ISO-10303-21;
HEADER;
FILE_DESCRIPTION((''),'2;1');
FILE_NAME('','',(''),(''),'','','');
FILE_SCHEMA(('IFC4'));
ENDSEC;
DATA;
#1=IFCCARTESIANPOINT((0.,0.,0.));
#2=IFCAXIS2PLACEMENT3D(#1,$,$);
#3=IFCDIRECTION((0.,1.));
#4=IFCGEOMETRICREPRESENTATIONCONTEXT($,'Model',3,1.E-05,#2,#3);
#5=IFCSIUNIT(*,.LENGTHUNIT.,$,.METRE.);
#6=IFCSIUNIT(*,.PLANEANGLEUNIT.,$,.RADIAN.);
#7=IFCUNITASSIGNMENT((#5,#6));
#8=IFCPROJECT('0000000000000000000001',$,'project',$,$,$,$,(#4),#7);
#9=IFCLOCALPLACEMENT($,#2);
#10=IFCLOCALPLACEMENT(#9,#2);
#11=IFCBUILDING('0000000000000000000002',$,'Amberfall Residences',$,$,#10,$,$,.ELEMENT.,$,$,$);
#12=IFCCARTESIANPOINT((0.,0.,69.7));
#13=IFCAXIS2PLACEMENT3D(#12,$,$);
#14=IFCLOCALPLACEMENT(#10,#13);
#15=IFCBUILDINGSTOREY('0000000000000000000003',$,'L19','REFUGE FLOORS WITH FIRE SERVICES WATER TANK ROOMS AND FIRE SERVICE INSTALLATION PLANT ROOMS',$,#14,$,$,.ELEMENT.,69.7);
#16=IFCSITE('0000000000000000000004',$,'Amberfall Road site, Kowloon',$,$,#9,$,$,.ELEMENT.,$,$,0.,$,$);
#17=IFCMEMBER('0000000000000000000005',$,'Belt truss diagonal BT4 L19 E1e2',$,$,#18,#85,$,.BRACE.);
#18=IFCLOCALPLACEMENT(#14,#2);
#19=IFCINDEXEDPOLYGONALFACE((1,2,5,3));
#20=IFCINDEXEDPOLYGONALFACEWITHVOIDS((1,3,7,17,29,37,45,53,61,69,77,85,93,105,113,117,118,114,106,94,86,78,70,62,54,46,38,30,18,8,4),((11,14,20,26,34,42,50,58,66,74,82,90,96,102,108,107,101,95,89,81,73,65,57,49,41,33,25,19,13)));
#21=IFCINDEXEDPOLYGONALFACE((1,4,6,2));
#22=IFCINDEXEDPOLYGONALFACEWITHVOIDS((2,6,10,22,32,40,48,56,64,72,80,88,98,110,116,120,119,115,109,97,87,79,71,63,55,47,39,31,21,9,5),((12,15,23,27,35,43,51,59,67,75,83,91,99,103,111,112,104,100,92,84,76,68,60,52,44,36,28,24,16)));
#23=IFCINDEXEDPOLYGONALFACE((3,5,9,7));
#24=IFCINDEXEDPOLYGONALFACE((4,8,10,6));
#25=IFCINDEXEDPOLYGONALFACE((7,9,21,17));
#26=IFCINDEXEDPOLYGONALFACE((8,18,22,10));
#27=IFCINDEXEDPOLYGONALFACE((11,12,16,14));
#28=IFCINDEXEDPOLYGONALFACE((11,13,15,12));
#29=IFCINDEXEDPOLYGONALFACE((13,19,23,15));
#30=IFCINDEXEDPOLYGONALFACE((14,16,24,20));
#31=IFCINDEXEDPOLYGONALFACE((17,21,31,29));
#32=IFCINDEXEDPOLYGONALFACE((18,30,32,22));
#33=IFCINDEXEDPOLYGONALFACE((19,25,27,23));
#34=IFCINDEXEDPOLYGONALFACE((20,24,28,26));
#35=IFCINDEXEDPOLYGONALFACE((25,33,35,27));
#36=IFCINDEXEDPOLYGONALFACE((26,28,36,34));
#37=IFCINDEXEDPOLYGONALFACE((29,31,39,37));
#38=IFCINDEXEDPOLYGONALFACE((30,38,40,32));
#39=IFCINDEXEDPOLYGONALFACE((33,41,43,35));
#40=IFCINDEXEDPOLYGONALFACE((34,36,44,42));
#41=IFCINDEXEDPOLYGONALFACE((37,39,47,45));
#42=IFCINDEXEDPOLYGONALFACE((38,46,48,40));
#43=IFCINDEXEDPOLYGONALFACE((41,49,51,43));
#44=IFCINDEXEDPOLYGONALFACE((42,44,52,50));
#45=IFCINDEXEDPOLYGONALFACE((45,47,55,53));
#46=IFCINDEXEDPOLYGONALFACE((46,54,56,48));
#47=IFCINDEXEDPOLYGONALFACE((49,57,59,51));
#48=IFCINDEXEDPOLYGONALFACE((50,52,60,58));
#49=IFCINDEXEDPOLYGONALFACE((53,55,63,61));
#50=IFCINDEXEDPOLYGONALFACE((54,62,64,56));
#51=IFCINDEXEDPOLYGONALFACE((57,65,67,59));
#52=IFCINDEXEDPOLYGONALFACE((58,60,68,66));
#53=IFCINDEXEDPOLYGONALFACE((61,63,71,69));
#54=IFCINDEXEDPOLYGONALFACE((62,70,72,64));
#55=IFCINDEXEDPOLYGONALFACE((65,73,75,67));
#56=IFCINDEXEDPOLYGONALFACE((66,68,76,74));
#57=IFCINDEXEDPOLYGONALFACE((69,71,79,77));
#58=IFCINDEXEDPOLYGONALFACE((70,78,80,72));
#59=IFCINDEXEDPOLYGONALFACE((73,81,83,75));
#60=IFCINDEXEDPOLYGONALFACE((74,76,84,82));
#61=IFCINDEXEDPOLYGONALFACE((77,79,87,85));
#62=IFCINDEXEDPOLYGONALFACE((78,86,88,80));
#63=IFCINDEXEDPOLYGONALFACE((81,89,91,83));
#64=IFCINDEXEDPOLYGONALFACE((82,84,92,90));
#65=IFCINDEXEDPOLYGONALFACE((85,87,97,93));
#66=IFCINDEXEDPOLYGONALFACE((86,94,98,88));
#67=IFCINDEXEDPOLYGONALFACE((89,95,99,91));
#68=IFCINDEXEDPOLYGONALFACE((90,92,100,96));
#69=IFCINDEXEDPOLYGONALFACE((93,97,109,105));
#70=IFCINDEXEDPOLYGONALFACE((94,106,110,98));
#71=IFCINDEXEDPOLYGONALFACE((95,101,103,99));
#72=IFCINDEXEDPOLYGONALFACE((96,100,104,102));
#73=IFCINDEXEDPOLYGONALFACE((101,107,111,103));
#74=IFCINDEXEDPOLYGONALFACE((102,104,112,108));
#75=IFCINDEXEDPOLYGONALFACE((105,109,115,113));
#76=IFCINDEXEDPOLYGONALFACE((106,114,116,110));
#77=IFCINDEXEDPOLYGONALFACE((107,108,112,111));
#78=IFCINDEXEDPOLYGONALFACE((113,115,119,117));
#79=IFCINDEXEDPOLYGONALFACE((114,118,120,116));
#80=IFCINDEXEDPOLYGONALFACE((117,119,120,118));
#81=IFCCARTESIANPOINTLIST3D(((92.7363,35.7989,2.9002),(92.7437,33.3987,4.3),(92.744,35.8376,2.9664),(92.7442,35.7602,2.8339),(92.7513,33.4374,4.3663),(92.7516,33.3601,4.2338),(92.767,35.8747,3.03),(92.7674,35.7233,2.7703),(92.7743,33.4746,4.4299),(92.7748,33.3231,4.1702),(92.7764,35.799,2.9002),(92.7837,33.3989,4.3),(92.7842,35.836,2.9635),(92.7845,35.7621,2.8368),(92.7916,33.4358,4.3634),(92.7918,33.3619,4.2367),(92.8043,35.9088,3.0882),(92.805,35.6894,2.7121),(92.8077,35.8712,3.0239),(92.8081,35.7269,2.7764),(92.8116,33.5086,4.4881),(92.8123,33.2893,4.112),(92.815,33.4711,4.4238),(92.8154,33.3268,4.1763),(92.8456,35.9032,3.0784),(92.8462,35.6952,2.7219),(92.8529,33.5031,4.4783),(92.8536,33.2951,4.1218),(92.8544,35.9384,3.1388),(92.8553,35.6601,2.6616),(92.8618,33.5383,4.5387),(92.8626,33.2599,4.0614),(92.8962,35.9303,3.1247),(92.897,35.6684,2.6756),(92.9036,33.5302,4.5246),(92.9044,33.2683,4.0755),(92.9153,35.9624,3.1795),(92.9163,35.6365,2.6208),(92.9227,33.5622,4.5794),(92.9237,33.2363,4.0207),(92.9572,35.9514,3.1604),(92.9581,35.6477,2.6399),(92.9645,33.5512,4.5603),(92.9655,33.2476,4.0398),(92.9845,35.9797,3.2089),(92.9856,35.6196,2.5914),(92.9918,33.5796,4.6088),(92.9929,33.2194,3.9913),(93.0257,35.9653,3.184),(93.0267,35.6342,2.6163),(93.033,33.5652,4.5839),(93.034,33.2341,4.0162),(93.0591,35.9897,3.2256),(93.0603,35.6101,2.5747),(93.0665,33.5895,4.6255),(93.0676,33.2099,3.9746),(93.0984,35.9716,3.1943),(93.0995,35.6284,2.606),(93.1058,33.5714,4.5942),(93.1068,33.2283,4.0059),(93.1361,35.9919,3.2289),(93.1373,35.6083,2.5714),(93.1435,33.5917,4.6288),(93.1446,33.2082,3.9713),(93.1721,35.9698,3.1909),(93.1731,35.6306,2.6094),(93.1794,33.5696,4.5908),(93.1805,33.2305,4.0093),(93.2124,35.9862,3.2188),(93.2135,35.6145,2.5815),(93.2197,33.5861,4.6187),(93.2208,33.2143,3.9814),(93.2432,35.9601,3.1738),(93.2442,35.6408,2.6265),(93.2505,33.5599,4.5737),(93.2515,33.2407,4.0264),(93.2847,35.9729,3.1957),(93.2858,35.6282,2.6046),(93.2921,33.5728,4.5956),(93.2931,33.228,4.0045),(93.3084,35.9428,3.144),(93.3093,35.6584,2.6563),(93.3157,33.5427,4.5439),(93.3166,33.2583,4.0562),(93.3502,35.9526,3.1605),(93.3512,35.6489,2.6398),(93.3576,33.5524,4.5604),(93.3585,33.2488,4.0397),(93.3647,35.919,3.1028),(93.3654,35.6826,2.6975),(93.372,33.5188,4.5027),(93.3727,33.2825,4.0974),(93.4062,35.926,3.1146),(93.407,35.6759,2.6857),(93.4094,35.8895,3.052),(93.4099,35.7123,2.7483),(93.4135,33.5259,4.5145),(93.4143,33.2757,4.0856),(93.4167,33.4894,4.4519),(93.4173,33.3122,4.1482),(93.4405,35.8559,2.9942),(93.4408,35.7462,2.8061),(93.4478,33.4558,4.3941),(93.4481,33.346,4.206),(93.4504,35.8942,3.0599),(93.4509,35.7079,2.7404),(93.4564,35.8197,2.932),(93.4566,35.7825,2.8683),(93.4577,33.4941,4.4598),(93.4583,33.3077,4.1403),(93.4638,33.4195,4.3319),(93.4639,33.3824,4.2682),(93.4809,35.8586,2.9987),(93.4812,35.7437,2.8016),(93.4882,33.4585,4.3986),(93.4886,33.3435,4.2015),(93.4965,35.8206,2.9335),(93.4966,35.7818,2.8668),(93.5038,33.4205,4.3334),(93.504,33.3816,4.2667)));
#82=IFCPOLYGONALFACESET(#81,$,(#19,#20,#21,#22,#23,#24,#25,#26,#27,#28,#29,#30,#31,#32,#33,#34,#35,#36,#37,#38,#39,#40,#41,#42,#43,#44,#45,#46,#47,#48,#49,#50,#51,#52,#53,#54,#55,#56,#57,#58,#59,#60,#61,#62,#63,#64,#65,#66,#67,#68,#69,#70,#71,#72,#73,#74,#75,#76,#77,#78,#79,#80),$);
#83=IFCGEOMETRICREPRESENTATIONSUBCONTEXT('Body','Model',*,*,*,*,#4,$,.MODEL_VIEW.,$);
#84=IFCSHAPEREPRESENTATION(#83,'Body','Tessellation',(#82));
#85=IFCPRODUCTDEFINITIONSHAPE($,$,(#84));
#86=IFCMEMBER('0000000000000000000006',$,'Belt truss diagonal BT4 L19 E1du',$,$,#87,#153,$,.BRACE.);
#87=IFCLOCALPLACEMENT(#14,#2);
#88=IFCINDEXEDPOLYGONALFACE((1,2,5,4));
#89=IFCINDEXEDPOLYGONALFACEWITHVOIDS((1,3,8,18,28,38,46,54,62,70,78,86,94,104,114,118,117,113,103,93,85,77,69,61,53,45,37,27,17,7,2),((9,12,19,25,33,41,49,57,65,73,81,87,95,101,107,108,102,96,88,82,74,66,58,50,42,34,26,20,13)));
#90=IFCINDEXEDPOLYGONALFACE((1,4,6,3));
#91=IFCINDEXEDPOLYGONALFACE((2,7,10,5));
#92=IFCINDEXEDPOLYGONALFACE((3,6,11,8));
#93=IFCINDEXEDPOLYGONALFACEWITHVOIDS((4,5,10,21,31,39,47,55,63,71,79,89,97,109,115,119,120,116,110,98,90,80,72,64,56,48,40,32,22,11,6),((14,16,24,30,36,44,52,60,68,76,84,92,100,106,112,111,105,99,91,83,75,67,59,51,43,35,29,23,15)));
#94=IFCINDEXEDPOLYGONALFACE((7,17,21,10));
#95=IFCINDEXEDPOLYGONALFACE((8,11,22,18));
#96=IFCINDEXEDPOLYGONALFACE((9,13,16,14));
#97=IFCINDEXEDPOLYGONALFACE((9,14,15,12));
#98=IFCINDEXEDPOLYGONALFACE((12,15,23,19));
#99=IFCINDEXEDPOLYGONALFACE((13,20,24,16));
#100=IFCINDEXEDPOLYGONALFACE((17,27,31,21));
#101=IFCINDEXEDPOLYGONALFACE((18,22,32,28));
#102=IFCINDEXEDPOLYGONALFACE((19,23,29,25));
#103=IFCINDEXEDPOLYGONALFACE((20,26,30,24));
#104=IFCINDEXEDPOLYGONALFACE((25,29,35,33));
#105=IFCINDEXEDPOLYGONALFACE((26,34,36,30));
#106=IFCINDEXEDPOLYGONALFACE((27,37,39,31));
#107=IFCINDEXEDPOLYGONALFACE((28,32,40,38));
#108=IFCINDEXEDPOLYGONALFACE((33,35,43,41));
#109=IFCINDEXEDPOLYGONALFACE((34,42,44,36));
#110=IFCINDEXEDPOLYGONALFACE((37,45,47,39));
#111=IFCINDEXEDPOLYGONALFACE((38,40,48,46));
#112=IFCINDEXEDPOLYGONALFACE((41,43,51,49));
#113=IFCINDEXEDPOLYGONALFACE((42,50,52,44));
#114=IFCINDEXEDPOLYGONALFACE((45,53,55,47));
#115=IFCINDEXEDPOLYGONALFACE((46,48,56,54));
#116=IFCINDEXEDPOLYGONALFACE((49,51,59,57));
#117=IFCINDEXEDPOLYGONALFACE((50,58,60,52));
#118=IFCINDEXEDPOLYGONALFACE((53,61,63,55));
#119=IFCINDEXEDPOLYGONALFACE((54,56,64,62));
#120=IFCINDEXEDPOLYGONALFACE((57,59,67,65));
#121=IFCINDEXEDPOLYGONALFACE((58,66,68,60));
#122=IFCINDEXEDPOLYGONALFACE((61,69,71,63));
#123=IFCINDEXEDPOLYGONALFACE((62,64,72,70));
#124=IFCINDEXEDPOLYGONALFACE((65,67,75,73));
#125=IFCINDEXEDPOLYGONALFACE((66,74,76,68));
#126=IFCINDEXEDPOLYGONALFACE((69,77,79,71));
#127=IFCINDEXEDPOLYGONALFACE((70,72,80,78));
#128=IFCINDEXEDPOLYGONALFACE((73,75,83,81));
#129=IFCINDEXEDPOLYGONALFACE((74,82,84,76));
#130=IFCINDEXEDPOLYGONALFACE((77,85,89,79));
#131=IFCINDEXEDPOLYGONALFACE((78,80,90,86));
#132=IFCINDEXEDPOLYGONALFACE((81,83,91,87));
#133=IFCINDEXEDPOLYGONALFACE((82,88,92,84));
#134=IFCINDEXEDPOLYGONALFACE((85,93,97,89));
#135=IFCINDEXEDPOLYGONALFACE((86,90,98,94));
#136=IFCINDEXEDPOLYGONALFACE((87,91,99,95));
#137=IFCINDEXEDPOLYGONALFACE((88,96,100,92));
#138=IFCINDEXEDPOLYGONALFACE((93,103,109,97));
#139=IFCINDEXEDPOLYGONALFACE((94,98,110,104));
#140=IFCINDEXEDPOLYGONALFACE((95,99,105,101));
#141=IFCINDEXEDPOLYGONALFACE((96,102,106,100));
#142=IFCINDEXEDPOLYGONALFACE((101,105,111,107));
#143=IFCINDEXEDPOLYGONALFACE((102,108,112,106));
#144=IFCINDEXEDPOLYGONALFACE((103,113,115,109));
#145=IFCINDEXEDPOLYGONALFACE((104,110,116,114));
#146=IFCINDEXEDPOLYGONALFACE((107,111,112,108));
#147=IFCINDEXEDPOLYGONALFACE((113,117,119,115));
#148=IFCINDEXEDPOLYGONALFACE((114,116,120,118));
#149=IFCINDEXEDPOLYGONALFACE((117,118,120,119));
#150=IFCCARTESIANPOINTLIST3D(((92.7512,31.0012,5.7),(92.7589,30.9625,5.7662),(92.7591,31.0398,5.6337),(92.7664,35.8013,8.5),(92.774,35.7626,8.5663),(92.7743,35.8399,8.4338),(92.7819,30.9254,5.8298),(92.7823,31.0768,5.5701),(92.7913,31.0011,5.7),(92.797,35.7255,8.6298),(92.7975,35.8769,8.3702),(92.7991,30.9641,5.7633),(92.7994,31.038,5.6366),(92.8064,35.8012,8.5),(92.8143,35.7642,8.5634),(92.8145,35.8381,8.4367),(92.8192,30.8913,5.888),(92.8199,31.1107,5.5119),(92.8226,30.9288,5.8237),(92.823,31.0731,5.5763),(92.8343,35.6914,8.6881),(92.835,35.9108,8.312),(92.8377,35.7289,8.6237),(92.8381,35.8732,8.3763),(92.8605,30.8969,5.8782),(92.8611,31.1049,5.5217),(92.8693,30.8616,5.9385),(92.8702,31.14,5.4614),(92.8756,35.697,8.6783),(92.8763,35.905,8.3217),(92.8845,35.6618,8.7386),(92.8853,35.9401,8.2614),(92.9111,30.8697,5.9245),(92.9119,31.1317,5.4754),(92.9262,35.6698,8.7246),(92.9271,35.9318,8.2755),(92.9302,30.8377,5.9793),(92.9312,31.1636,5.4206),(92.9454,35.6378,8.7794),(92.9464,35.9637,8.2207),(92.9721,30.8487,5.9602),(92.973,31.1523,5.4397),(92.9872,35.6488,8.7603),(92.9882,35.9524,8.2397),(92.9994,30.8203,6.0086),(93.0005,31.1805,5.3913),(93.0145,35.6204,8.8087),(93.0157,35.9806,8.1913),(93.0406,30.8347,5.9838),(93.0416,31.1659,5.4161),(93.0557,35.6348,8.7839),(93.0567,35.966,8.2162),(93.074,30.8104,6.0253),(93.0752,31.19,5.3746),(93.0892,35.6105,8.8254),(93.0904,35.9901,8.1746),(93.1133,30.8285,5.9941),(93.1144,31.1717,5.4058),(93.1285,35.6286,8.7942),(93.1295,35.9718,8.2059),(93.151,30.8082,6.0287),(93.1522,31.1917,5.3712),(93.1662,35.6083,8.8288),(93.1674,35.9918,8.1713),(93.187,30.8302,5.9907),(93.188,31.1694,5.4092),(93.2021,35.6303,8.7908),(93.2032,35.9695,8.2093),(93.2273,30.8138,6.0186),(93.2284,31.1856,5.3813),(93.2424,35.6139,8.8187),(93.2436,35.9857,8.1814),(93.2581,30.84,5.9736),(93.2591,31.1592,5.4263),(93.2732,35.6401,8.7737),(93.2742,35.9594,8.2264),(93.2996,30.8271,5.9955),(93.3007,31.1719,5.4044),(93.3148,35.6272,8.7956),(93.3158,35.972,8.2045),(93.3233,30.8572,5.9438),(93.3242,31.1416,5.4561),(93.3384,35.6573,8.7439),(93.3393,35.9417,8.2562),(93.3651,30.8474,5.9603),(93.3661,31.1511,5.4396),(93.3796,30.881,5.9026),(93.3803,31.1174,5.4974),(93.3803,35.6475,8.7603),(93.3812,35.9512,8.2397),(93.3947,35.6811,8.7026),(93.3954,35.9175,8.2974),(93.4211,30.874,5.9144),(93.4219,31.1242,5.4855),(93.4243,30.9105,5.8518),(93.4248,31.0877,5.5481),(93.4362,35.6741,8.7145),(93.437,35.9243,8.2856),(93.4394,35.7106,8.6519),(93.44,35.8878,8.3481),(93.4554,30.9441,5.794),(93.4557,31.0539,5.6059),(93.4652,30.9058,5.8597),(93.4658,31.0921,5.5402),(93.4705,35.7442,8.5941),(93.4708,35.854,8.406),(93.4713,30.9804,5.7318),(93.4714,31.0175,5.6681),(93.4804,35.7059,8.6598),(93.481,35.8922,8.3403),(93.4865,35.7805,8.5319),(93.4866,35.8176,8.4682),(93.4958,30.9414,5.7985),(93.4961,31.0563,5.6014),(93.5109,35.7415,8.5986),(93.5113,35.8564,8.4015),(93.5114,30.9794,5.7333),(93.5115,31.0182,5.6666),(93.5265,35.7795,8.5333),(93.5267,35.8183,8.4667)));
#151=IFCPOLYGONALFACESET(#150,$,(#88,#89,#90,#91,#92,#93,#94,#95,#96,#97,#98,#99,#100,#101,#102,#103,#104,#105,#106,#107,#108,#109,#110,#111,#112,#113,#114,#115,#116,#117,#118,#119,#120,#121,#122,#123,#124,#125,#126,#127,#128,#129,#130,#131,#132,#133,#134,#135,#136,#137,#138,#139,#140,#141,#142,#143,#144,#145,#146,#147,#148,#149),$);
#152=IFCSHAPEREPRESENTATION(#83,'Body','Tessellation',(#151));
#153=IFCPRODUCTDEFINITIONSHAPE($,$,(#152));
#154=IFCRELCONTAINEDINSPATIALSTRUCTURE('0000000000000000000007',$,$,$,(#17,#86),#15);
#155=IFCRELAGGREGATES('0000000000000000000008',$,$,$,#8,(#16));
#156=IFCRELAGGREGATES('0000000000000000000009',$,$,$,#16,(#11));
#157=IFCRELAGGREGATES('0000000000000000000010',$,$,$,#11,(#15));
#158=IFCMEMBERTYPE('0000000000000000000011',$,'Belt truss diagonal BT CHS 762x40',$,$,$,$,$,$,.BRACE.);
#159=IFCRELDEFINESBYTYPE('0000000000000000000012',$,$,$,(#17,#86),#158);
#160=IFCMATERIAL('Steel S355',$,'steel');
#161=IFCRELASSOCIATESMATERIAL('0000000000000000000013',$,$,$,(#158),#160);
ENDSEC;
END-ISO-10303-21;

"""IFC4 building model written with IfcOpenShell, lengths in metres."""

from ifc_helpers import new_model, si_unit, direction, frame, origin, origin_2d, place, context, subcontext, project, spatial, hollow_circle, extrude, material, material_profile, profile_set, type_object, element, save


model = new_model("IFC4")

# Units and contexts
model_context = context("Model", 3, precision=1e-05, world=origin(), true_north=direction((0.0, 1.0)))
body_context = subcontext(model_context, "Body", "Model", "MODEL_VIEW")
ifc_project = project(units=[si_unit("LENGTHUNIT", "METRE"), si_unit("PLANEANGLEUNIT", "RADIAN")], contexts=[model_context])

# Site, building, storey
site_placement = place(None, origin())
site = spatial("IfcSite", under=ifc_project, at=site_placement, Name="Amberfall Road site, Kowloon", CompositionType="ELEMENT", RefElevation=0.0)
building_placement = place(site_placement, origin())
building = spatial("IfcBuilding", under=site, at=building_placement, Name="Amberfall Residences", CompositionType="ELEMENT")
storey_placement = place(building_placement, frame((0.0, 0.0, 69.7)))
storey = spatial("IfcBuildingStorey", under=building, at=storey_placement, Name="L19", Description="REFUGE FLOORS WITH FIRE SERVICES WATER TANK ROOMS AND FIRE SERVICE INSTALLATION PLANT ROOMS", CompositionType="ELEMENT", Elevation=69.7)

# Shared definitions
ifc_material_1 = material(Name="Steel S355", Category="steel")

# Members
ifc_material_profile_1 = material_profile(ifc_material_1, hollow_circle(Radius=0.3811, WallThickness=0.04, at=origin_2d()), Name="CHS 762x40")
ifc_profile_set_1 = profile_set([ifc_material_profile_1], Name="Steel S355")
member_type = type_object("IfcMemberType", Name="Belt truss diagonal BT CHS 762x40", PredefinedType="BRACE", material=ifc_profile_set_1)
member_1_placement = place(storey_placement, frame((93.1248, 33.3999, 4.3), z_axis=(-0.002636, 0.863805, -0.50382), x_axis=(-0.999995, -0.003052, 0.0)))
element("IfcMember", 1, at=member_1_placement, inside=storey, type_object=member_type, Name="Belt truss diagonal BT4 L19 E1e2", PredefinedType="BRACE", context=body_context, shape_type="SweptSolid", body=[
    extrude(hollow_circle(Radius=0.3811, WallThickness=0.04, at=origin_2d()), origin(), (0.0, 0.0, 1.0), 2.7786),
])
member_2_placement = place(storey_placement, frame((93.1323, 31.0, 5.7), z_axis=(0.002724, 0.863774, 0.503872), x_axis=(-0.999995, 0.003153, 0.0)))
element("IfcMember", 2, at=member_2_placement, inside=storey, type_object=member_type, Name="Belt truss diagonal BT4 L19 E1du", PredefinedType="BRACE", context=body_context, shape_type="SweptSolid", body=[
    extrude(hollow_circle(Radius=0.3811, WallThickness=0.04, at=origin_2d()), origin(), (0.0, 0.0, 1.0), 5.5571),
])

save(model, "model.ifc")
